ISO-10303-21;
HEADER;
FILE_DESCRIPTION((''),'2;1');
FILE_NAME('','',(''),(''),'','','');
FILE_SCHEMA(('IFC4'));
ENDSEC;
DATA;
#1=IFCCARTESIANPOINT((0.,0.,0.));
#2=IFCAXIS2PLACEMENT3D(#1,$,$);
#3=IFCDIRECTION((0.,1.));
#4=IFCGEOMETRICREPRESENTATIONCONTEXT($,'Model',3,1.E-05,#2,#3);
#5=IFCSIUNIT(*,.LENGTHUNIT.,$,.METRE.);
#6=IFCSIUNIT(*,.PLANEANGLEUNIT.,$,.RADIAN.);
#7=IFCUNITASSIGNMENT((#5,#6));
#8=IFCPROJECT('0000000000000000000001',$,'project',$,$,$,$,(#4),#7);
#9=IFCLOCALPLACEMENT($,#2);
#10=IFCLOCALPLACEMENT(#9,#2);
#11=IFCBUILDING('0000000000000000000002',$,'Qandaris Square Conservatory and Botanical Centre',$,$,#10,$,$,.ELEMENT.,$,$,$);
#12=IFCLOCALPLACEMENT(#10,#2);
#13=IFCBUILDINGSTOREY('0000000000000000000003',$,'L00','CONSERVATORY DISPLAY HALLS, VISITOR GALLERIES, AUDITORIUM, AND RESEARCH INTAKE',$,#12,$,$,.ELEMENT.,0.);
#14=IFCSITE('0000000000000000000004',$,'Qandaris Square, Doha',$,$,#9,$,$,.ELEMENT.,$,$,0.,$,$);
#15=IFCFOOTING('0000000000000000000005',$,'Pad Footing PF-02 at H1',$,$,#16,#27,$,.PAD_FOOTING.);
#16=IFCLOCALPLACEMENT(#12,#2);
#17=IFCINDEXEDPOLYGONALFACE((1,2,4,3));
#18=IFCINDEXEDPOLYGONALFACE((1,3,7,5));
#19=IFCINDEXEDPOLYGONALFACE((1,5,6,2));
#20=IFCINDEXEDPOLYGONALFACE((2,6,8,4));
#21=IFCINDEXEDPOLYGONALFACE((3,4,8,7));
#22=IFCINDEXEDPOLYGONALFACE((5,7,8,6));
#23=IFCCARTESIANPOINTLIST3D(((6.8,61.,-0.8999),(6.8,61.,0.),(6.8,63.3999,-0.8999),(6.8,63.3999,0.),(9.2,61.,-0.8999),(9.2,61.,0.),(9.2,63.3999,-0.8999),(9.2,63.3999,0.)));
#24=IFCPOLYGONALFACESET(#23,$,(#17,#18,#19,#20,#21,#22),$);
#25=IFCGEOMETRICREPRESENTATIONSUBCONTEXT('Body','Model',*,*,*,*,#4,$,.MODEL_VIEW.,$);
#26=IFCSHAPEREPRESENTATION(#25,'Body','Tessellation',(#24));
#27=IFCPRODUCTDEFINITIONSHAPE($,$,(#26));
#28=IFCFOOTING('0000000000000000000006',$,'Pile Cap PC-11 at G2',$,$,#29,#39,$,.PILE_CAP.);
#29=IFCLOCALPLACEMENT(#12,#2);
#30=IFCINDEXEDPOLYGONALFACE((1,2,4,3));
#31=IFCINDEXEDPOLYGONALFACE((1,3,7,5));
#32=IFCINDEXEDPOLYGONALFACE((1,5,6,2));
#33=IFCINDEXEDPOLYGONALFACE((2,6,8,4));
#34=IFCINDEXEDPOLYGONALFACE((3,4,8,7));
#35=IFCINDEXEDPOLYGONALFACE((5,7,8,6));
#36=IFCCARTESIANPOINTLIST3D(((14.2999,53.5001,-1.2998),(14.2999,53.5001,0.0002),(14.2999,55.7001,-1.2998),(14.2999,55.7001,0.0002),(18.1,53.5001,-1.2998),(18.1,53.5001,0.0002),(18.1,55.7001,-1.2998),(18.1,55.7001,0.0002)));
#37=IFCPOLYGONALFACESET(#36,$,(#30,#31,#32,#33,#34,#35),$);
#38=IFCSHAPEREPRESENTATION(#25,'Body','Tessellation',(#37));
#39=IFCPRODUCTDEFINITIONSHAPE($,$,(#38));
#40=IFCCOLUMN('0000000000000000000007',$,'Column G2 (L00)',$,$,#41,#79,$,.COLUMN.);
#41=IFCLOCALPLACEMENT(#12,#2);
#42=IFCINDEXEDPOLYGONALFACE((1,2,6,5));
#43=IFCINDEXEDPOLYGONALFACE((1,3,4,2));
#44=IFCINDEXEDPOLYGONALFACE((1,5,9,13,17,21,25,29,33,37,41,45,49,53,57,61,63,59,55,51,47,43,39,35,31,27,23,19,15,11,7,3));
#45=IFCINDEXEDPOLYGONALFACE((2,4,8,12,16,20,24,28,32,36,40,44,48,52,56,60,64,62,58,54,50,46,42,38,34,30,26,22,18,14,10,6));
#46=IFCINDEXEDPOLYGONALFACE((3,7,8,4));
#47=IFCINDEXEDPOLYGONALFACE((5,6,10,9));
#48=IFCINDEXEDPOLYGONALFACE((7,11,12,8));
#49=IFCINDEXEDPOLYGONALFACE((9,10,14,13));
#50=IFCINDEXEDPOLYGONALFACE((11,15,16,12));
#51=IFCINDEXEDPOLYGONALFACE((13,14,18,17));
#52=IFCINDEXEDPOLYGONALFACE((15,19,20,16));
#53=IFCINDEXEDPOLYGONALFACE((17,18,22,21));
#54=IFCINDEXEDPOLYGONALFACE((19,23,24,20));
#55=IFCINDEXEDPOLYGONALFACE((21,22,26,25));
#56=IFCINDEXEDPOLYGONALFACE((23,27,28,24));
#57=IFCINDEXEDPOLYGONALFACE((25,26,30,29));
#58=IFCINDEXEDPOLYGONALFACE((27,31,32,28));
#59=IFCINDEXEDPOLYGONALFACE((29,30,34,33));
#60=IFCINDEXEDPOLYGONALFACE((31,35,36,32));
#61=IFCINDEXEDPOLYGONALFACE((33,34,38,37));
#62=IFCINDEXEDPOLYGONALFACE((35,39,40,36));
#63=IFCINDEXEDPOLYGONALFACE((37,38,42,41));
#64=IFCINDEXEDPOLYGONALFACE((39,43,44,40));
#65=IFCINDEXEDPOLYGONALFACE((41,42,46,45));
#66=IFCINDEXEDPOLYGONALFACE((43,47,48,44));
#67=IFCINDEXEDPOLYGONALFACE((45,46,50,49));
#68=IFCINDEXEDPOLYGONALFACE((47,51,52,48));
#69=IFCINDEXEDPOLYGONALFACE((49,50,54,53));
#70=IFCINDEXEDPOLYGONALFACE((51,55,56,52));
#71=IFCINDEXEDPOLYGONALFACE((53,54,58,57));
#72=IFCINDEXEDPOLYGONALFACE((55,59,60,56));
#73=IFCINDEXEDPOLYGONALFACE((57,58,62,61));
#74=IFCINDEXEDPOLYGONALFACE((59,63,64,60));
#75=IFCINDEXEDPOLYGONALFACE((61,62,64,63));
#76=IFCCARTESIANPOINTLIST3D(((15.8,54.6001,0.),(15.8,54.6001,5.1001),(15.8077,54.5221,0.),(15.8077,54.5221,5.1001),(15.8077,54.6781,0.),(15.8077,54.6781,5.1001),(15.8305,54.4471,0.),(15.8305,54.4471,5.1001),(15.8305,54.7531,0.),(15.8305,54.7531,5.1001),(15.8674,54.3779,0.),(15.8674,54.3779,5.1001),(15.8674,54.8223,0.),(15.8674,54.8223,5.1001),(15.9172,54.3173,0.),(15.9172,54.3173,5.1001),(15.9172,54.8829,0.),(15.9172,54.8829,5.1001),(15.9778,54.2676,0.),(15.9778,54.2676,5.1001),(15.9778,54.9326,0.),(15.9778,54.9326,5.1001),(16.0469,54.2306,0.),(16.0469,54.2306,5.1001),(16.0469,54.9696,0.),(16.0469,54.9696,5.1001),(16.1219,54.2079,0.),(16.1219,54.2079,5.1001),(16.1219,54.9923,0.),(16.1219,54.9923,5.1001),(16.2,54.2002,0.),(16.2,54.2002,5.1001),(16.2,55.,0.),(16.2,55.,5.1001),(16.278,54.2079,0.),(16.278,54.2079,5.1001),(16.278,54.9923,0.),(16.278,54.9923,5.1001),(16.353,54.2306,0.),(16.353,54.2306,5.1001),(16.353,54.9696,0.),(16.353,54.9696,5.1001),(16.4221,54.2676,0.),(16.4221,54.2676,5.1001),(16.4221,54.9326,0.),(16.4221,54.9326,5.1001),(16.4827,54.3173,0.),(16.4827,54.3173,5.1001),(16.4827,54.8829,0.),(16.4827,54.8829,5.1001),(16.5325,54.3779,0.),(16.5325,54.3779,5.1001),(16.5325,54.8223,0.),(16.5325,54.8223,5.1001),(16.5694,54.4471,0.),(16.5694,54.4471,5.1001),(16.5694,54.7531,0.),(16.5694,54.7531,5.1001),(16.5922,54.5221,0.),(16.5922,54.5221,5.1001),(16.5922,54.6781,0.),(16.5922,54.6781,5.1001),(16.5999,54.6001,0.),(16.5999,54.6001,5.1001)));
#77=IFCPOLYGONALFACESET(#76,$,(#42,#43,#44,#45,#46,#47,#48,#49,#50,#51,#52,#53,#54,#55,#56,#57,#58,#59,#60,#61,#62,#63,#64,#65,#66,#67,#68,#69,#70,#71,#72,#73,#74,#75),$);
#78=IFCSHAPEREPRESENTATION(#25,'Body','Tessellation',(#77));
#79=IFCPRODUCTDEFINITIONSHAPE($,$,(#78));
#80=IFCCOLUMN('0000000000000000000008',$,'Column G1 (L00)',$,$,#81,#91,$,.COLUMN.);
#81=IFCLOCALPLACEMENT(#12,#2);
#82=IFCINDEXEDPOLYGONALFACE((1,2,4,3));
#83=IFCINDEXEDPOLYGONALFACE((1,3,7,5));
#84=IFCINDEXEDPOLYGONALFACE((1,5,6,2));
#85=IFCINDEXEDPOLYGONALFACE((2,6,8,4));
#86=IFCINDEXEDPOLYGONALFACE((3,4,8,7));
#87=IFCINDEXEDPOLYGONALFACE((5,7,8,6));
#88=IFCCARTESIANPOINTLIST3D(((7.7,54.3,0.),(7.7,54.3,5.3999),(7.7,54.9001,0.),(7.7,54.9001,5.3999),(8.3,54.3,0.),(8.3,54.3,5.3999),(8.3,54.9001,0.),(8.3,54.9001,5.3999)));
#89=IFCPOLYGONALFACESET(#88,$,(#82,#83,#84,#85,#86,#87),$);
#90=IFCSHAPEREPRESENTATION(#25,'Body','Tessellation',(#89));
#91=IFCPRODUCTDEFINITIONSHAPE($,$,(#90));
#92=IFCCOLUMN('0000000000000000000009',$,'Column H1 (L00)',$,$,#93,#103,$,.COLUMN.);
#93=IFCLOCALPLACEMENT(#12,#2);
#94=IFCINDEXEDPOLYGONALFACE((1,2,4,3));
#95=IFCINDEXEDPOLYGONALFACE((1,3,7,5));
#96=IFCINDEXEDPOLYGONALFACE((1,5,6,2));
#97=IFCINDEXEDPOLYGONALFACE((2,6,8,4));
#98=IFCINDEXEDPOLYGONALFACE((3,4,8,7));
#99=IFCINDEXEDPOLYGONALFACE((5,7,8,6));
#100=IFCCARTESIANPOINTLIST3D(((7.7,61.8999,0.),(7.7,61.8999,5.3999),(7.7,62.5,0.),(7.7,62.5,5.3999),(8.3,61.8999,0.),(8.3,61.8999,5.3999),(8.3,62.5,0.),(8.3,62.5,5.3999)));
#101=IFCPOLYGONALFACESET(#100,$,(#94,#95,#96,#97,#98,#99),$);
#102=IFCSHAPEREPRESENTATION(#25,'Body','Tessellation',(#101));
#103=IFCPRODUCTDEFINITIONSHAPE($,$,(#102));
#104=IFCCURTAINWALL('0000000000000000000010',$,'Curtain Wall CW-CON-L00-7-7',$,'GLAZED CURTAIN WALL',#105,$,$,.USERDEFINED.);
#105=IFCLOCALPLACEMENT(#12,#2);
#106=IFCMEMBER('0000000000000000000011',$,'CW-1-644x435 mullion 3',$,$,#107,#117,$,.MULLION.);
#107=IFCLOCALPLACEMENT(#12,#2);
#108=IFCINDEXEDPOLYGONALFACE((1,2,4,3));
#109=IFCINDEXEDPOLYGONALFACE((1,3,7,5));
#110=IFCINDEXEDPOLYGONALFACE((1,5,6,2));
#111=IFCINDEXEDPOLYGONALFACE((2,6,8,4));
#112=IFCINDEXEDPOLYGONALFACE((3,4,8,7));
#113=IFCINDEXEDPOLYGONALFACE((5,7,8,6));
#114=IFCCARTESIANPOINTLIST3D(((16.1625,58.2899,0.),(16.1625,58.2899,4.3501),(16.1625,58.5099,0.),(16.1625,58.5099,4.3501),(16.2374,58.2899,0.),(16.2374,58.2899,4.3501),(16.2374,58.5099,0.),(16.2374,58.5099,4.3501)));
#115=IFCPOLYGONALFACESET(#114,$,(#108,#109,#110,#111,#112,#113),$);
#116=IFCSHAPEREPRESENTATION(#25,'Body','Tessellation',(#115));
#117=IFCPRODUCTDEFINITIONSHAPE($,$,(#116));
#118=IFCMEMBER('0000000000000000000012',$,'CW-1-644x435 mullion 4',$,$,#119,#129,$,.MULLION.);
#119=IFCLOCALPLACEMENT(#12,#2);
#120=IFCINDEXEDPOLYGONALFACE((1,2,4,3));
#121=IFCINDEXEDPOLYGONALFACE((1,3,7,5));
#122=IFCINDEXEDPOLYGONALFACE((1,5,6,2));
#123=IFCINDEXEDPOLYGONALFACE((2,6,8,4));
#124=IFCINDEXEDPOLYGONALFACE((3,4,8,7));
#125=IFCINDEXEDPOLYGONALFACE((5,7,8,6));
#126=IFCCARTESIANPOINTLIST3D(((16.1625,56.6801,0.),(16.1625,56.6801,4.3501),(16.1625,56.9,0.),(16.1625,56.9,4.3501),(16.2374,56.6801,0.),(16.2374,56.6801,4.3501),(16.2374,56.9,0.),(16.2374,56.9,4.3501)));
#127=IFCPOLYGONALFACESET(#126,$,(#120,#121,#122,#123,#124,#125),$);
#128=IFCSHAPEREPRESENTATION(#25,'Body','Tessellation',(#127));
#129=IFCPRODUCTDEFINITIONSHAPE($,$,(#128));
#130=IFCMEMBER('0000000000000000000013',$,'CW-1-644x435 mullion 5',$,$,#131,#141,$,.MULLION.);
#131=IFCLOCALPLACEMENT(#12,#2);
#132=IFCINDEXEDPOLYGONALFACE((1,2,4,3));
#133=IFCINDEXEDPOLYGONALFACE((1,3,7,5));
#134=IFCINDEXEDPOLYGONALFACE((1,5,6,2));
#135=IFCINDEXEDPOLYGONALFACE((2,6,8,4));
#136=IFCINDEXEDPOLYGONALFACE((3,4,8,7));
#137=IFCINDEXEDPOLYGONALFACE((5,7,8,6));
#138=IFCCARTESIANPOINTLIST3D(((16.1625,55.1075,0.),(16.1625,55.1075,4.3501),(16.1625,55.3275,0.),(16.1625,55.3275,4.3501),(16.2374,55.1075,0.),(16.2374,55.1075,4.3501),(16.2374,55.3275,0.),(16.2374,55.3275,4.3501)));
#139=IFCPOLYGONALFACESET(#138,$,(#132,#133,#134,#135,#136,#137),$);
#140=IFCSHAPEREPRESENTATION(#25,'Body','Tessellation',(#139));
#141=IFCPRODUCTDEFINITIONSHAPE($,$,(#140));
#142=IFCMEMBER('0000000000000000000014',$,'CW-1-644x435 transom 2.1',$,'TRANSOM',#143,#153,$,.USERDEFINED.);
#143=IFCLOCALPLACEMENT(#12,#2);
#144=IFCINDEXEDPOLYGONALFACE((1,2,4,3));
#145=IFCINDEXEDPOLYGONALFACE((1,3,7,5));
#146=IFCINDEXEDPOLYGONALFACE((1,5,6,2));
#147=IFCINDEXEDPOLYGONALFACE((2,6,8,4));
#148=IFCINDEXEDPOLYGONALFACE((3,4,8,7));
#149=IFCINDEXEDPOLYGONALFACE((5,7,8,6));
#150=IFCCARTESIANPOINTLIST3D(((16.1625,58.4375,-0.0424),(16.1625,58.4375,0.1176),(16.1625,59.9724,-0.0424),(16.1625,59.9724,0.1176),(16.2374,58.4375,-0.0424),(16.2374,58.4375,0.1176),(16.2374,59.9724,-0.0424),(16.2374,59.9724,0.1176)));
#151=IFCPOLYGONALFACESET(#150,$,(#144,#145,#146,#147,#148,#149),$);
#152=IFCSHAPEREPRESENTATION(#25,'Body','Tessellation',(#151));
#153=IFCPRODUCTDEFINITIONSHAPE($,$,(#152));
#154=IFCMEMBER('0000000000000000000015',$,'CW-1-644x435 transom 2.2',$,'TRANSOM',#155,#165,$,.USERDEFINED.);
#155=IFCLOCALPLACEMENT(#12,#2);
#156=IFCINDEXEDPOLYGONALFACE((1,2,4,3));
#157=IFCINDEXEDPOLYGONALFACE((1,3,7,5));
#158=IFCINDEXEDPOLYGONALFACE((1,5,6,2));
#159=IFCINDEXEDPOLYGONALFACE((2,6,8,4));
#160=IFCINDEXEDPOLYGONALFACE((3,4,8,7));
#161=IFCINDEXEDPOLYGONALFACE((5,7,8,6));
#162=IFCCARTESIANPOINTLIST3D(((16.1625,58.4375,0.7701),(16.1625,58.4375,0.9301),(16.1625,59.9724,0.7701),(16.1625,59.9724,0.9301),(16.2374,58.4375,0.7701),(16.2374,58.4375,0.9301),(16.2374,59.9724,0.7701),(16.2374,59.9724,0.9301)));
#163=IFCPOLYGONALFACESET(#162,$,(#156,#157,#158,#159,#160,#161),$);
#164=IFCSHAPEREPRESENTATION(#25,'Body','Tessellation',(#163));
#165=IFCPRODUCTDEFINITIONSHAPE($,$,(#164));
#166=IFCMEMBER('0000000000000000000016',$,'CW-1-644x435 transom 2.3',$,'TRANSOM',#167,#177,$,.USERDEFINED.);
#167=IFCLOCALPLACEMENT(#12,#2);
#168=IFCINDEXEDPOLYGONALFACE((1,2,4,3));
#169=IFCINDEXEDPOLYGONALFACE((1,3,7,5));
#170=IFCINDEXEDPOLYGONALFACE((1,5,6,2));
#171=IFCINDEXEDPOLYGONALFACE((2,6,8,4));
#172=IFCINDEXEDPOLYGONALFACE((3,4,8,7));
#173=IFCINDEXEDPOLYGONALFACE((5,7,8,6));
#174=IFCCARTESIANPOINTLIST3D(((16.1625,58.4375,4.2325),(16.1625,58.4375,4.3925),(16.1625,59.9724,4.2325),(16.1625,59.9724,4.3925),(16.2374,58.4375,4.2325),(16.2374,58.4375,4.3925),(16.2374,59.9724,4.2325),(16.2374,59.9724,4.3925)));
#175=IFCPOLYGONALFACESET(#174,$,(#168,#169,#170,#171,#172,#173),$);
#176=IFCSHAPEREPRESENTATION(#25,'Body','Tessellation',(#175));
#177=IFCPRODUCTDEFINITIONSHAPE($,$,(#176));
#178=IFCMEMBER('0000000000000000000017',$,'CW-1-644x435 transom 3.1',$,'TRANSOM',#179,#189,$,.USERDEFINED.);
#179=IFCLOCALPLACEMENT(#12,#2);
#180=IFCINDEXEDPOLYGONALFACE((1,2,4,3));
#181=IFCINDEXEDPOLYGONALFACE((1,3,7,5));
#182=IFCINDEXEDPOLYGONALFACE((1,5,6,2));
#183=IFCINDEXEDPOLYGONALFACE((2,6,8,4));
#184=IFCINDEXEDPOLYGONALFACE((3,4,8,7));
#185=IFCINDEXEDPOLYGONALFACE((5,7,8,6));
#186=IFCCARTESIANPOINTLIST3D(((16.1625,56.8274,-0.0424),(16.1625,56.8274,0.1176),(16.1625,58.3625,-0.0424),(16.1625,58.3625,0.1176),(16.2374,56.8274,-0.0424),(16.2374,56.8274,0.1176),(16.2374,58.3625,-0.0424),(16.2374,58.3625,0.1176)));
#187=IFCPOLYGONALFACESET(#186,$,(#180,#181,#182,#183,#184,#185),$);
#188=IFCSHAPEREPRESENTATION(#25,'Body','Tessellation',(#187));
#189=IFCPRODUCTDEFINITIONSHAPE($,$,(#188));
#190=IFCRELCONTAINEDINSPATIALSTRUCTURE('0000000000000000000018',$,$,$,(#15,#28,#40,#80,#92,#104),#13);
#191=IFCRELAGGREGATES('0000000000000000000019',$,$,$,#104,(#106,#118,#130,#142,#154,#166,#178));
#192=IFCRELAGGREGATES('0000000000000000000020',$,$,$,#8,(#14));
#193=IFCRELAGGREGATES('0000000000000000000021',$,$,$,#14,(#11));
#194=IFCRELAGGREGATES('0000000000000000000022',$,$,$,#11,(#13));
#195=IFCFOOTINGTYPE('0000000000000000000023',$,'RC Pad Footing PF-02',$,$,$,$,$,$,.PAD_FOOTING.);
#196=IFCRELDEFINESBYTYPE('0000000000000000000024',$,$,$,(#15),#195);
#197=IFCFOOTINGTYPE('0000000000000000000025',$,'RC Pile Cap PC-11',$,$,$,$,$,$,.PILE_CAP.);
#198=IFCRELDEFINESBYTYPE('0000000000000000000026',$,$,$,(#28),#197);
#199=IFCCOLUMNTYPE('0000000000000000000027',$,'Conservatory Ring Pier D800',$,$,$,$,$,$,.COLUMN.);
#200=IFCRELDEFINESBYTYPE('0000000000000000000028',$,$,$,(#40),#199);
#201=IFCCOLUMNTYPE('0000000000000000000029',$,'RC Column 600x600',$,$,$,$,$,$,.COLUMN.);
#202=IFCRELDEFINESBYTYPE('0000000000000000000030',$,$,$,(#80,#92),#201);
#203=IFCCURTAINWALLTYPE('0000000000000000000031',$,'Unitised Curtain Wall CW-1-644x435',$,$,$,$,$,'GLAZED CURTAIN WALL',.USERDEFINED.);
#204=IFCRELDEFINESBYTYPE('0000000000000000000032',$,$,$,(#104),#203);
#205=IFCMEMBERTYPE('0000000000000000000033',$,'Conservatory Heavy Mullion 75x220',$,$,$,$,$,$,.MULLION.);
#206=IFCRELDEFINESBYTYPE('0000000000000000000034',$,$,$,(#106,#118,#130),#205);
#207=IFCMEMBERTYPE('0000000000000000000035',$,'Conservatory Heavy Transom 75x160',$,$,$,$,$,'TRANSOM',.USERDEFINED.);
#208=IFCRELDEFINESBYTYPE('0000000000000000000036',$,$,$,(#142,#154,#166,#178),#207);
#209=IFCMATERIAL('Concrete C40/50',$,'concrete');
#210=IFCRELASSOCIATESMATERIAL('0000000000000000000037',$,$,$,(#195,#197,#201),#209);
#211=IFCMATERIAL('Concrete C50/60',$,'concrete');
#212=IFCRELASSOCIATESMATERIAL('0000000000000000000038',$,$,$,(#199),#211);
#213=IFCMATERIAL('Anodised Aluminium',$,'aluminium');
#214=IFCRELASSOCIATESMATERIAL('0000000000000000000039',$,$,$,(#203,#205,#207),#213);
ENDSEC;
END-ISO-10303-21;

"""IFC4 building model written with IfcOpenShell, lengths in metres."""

from ifc_helpers import new_model, si_unit, direction, frame, origin, origin_2d, place, context, subcontext, project, spatial, rectangle, circle, extrude, material, material_profile, profile_set, type_object, element, aggregate, save


model = new_model("IFC4")

# Units and contexts
model_context = context("Model", 3, precision=1e-05, world=origin(), true_north=direction((0.0, 1.0)))
body_context = subcontext(model_context, "Body", "Model", "MODEL_VIEW")
ifc_project = project(units=[si_unit("LENGTHUNIT", "METRE"), si_unit("PLANEANGLEUNIT", "RADIAN")], contexts=[model_context])

# Site, building, storey
site_placement = place(None, origin())
site = spatial("IfcSite", under=ifc_project, at=site_placement, Name="Qandaris Square, Doha", CompositionType="ELEMENT", RefElevation=0.0)
building_placement = place(site_placement, origin())
building = spatial("IfcBuilding", under=site, at=building_placement, Name="Qandaris Square Conservatory and Botanical Centre", CompositionType="ELEMENT")
storey_placement = place(building_placement, origin())
storey = spatial("IfcBuildingStorey", under=building, at=storey_placement, Name="L00", Description="CONSERVATORY DISPLAY HALLS, VISITOR GALLERIES, AUDITORIUM, AND RESEARCH INTAKE", CompositionType="ELEMENT", Elevation=0.0)

# Shared definitions
ifc_material_1 = material(Name="Concrete C50/60", Category="concrete")

# Footings
ifc_material_2 = material(Name="Concrete C40/50", Category="concrete")
footing_type_1 = type_object("IfcFootingType", Name="RC Pad Footing PF-02", PredefinedType="PAD_FOOTING", material=ifc_material_2)
footing_1_placement = place(storey_placement, frame((8.0, 62.2, -0.8999), z_axis=(0.0, 0.0, 1.0), x_axis=(1.0, 0.0, 0.0)))
element("IfcFooting", 1, at=footing_1_placement, inside=storey, type_object=footing_type_1, Name="Pad Footing PF-02 at H1", PredefinedType="PAD_FOOTING", context=body_context, shape_type="SweptSolid", body=[
    extrude(rectangle(XDim=2.3999, YDim=2.3999, at=origin_2d()), origin(), (0.0, 0.0, 1.0), 0.8999),
])
footing_type_2 = type_object("IfcFootingType", Name="RC Pile Cap PC-11", PredefinedType="PILE_CAP", material=ifc_material_2)
footing_2_placement = place(storey_placement, frame((16.2, 54.6001, -1.2998), z_axis=(0.0, 0.0, 1.0), x_axis=(1.0, 0.0, 0.0)))
element("IfcFooting", 2, at=footing_2_placement, inside=storey, type_object=footing_type_2, Name="Pile Cap PC-11 at G2", PredefinedType="PILE_CAP", context=body_context, shape_type="SweptSolid", body=[
    extrude(rectangle(XDim=3.8, YDim=2.2, at=origin_2d()), origin(), (0.0, 0.0, 1.0), 1.3),
])

# Columns
ifc_material_profile_1 = material_profile(ifc_material_1, circle(Radius=0.3999, at=origin_2d()), Name="RC-COL D800")
ifc_profile_set_1 = profile_set([ifc_material_profile_1], Name="Concrete C50/60")
column_type_1 = type_object("IfcColumnType", Name="Conservatory Ring Pier D800", PredefinedType="COLUMN", material=ifc_profile_set_1)
column_placement = place(storey_placement, frame((16.2, 54.6001, 0.0), z_axis=(0.0, 0.0, 1.0), x_axis=(1.0, 0.0, 0.0)))
element("IfcColumn", 3, at=column_placement, inside=storey, type_object=column_type_1, Name="Column G2 (L00)", PredefinedType="COLUMN", context=body_context, shape_type="SweptSolid", body=[
    extrude(circle(Radius=0.3999, at=origin_2d()), origin(), (0.0, 0.0, 1.0), 5.1001),
])
ifc_material_profile_2 = material_profile(ifc_material_2, rectangle(XDim=0.6001, YDim=0.6001, at=origin_2d()), Name="RC-COL 600x600")
ifc_profile_set_2 = profile_set([ifc_material_profile_2], Name="Concrete C40/50")
column_type_2 = type_object("IfcColumnType", Name="RC Column 600x600", PredefinedType="COLUMN", material=ifc_profile_set_2)
for number, where, z_axis, x_axis, name in (
    (4, (8.0, 54.6001, 0.0), (0.0, 0.0, 1.0), (1.0, 0.0, 0.0), "Column G1 (L00)"),
    (5, (8.0, 62.2, 0.0), (0.0, 0.0, 1.0), (1.0, 0.0, 0.0), "Column H1 (L00)"),
):
    element("IfcColumn", number, at=place(storey_placement, frame(where, z_axis=z_axis, x_axis=x_axis)), inside=storey, type_object=column_type_2, Name=name, PredefinedType="COLUMN", context=body_context, shape_type="SweptSolid", body=[
        extrude(rectangle(XDim=0.6001, YDim=0.6001, at=origin_2d()), origin(), (0.0, 0.0, 1.0), 5.3999),
    ])

# Curtain wall, members
ifc_material_3 = material(Name="Anodised Aluminium", Category="aluminium")
curtain_wall_type = type_object("IfcCurtainWallType", Name="Unitised Curtain Wall CW-1-644x435", ElementType="GLAZED CURTAIN WALL", PredefinedType="USERDEFINED", material=ifc_material_3)
curtain_wall_placement = place(storey_placement, origin())
curtain_wall = element("IfcCurtainWall", 6, at=curtain_wall_placement, inside=storey, type_object=curtain_wall_type, Name="Curtain Wall CW-CON-L00-7-7", ObjectType="GLAZED CURTAIN WALL", PredefinedType="USERDEFINED")
ifc_material_profile_3 = material_profile(ifc_material_3, rectangle(XDim=0.075, YDim=0.22, at=origin_2d()), Name="ALU-MUL 75x220")
ifc_profile_set_3 = profile_set([ifc_material_profile_3], Name="Anodised Aluminium")
member_type_1 = type_object("IfcMemberType", Name="Conservatory Heavy Mullion 75x220", PredefinedType="MULLION", material=ifc_profile_set_3)
member_1_placement = place(storey_placement, frame((16.2, 58.3999, 0.0), z_axis=(0.0, 0.0, 1.0), x_axis=(1.0, 0.0, 0.0)))
member_1 = element("IfcMember", 7, at=member_1_placement, type_object=member_type_1, Name="CW-1-644x435 mullion 3", PredefinedType="MULLION", context=body_context, shape_type="SweptSolid", body=[
    extrude(rectangle(XDim=0.075, YDim=0.22, at=origin_2d()), origin(), (0.0, 0.0, 1.0), 4.3501),
])
member_2_placement = place(storey_placement, frame((16.2, 56.79, 0.0), z_axis=(0.0, 0.0, 1.0), x_axis=(1.0, 0.0, 0.0)))
member_2 = element("IfcMember", 8, at=member_2_placement, type_object=member_type_1, Name="CW-1-644x435 mullion 4", PredefinedType="MULLION", context=body_context, shape_type="SweptSolid", body=[
    extrude(rectangle(XDim=0.075, YDim=0.22, at=origin_2d()), origin(), (0.0, 0.0, 1.0), 4.3501),
])
member_3_placement = place(storey_placement, frame((16.2, 55.2175, 0.0), z_axis=(0.0, 0.0, 1.0), x_axis=(1.0, 0.0, 0.0)))
member_3 = element("IfcMember", 9, at=member_3_placement, type_object=member_type_1, Name="CW-1-644x435 mullion 5", PredefinedType="MULLION", context=body_context, shape_type="SweptSolid", body=[
    extrude(rectangle(XDim=0.075, YDim=0.22, at=origin_2d()), origin(), (0.0, 0.0, 1.0), 4.3501),
])
ifc_material_profile_4 = material_profile(ifc_material_3, rectangle(XDim=0.075, YDim=0.1599, at=origin_2d()), Name="ALU-TRN 75x160")
ifc_profile_set_4 = profile_set([ifc_material_profile_4], Name="Anodised Aluminium")
member_type_2 = type_object("IfcMemberType", Name="Conservatory Heavy Transom 75x160", ElementType="TRANSOM", PredefinedType="USERDEFINED", material=ifc_profile_set_4)
member_4_placement = place(storey_placement, frame((16.2, 59.9724, 0.0376), z_axis=(0.0, -1.0, 0.0), x_axis=(1.0, 0.0, 0.0)))
member_4 = element("IfcMember", 10, at=member_4_placement, type_object=member_type_2, Name="CW-1-644x435 transom 2.1", ObjectType="TRANSOM", PredefinedType="USERDEFINED", context=body_context, shape_type="SweptSolid", body=[
    extrude(rectangle(XDim=0.075, YDim=0.1599, at=origin_2d()), origin(), (0.0, 0.0, 1.0), 1.5349),
])
member_5_placement = place(storey_placement, frame((16.2, 59.9724, 0.8501), z_axis=(0.0, -1.0, 0.0), x_axis=(1.0, 0.0, 0.0)))
member_5 = element("IfcMember", 11, at=member_5_placement, type_object=member_type_2, Name="CW-1-644x435 transom 2.2", ObjectType="TRANSOM", PredefinedType="USERDEFINED", context=body_context, shape_type="SweptSolid", body=[
    extrude(rectangle(XDim=0.075, YDim=0.1599, at=origin_2d()), origin(), (0.0, 0.0, 1.0), 1.5349),
])
member_6_placement = place(storey_placement, frame((16.2, 59.9724, 4.3125), z_axis=(0.0, -1.0, 0.0), x_axis=(1.0, 0.0, 0.0)))
member_6 = element("IfcMember", 12, at=member_6_placement, type_object=member_type_2, Name="CW-1-644x435 transom 2.3", ObjectType="TRANSOM", PredefinedType="USERDEFINED", context=body_context, shape_type="SweptSolid", body=[
    extrude(rectangle(XDim=0.075, YDim=0.1599, at=origin_2d()), origin(), (0.0, 0.0, 1.0), 1.5349),
])
member_7_placement = place(storey_placement, frame((16.2, 58.3625, 0.0376), z_axis=(0.0, -1.0, 0.0), x_axis=(1.0, 0.0, 0.0)))
member_7 = element("IfcMember", 13, at=member_7_placement, type_object=member_type_2, Name="CW-1-644x435 transom 3.1", ObjectType="TRANSOM", PredefinedType="USERDEFINED", context=body_context, shape_type="SweptSolid", body=[
    extrude(rectangle(XDim=0.075, YDim=0.1599, at=origin_2d()), origin(), (0.0, 0.0, 1.0), 1.5352),
])

aggregate(curtain_wall, [member_1, member_2, member_3, member_4, member_5, member_6, member_7])

save(model, "model.ifc")
